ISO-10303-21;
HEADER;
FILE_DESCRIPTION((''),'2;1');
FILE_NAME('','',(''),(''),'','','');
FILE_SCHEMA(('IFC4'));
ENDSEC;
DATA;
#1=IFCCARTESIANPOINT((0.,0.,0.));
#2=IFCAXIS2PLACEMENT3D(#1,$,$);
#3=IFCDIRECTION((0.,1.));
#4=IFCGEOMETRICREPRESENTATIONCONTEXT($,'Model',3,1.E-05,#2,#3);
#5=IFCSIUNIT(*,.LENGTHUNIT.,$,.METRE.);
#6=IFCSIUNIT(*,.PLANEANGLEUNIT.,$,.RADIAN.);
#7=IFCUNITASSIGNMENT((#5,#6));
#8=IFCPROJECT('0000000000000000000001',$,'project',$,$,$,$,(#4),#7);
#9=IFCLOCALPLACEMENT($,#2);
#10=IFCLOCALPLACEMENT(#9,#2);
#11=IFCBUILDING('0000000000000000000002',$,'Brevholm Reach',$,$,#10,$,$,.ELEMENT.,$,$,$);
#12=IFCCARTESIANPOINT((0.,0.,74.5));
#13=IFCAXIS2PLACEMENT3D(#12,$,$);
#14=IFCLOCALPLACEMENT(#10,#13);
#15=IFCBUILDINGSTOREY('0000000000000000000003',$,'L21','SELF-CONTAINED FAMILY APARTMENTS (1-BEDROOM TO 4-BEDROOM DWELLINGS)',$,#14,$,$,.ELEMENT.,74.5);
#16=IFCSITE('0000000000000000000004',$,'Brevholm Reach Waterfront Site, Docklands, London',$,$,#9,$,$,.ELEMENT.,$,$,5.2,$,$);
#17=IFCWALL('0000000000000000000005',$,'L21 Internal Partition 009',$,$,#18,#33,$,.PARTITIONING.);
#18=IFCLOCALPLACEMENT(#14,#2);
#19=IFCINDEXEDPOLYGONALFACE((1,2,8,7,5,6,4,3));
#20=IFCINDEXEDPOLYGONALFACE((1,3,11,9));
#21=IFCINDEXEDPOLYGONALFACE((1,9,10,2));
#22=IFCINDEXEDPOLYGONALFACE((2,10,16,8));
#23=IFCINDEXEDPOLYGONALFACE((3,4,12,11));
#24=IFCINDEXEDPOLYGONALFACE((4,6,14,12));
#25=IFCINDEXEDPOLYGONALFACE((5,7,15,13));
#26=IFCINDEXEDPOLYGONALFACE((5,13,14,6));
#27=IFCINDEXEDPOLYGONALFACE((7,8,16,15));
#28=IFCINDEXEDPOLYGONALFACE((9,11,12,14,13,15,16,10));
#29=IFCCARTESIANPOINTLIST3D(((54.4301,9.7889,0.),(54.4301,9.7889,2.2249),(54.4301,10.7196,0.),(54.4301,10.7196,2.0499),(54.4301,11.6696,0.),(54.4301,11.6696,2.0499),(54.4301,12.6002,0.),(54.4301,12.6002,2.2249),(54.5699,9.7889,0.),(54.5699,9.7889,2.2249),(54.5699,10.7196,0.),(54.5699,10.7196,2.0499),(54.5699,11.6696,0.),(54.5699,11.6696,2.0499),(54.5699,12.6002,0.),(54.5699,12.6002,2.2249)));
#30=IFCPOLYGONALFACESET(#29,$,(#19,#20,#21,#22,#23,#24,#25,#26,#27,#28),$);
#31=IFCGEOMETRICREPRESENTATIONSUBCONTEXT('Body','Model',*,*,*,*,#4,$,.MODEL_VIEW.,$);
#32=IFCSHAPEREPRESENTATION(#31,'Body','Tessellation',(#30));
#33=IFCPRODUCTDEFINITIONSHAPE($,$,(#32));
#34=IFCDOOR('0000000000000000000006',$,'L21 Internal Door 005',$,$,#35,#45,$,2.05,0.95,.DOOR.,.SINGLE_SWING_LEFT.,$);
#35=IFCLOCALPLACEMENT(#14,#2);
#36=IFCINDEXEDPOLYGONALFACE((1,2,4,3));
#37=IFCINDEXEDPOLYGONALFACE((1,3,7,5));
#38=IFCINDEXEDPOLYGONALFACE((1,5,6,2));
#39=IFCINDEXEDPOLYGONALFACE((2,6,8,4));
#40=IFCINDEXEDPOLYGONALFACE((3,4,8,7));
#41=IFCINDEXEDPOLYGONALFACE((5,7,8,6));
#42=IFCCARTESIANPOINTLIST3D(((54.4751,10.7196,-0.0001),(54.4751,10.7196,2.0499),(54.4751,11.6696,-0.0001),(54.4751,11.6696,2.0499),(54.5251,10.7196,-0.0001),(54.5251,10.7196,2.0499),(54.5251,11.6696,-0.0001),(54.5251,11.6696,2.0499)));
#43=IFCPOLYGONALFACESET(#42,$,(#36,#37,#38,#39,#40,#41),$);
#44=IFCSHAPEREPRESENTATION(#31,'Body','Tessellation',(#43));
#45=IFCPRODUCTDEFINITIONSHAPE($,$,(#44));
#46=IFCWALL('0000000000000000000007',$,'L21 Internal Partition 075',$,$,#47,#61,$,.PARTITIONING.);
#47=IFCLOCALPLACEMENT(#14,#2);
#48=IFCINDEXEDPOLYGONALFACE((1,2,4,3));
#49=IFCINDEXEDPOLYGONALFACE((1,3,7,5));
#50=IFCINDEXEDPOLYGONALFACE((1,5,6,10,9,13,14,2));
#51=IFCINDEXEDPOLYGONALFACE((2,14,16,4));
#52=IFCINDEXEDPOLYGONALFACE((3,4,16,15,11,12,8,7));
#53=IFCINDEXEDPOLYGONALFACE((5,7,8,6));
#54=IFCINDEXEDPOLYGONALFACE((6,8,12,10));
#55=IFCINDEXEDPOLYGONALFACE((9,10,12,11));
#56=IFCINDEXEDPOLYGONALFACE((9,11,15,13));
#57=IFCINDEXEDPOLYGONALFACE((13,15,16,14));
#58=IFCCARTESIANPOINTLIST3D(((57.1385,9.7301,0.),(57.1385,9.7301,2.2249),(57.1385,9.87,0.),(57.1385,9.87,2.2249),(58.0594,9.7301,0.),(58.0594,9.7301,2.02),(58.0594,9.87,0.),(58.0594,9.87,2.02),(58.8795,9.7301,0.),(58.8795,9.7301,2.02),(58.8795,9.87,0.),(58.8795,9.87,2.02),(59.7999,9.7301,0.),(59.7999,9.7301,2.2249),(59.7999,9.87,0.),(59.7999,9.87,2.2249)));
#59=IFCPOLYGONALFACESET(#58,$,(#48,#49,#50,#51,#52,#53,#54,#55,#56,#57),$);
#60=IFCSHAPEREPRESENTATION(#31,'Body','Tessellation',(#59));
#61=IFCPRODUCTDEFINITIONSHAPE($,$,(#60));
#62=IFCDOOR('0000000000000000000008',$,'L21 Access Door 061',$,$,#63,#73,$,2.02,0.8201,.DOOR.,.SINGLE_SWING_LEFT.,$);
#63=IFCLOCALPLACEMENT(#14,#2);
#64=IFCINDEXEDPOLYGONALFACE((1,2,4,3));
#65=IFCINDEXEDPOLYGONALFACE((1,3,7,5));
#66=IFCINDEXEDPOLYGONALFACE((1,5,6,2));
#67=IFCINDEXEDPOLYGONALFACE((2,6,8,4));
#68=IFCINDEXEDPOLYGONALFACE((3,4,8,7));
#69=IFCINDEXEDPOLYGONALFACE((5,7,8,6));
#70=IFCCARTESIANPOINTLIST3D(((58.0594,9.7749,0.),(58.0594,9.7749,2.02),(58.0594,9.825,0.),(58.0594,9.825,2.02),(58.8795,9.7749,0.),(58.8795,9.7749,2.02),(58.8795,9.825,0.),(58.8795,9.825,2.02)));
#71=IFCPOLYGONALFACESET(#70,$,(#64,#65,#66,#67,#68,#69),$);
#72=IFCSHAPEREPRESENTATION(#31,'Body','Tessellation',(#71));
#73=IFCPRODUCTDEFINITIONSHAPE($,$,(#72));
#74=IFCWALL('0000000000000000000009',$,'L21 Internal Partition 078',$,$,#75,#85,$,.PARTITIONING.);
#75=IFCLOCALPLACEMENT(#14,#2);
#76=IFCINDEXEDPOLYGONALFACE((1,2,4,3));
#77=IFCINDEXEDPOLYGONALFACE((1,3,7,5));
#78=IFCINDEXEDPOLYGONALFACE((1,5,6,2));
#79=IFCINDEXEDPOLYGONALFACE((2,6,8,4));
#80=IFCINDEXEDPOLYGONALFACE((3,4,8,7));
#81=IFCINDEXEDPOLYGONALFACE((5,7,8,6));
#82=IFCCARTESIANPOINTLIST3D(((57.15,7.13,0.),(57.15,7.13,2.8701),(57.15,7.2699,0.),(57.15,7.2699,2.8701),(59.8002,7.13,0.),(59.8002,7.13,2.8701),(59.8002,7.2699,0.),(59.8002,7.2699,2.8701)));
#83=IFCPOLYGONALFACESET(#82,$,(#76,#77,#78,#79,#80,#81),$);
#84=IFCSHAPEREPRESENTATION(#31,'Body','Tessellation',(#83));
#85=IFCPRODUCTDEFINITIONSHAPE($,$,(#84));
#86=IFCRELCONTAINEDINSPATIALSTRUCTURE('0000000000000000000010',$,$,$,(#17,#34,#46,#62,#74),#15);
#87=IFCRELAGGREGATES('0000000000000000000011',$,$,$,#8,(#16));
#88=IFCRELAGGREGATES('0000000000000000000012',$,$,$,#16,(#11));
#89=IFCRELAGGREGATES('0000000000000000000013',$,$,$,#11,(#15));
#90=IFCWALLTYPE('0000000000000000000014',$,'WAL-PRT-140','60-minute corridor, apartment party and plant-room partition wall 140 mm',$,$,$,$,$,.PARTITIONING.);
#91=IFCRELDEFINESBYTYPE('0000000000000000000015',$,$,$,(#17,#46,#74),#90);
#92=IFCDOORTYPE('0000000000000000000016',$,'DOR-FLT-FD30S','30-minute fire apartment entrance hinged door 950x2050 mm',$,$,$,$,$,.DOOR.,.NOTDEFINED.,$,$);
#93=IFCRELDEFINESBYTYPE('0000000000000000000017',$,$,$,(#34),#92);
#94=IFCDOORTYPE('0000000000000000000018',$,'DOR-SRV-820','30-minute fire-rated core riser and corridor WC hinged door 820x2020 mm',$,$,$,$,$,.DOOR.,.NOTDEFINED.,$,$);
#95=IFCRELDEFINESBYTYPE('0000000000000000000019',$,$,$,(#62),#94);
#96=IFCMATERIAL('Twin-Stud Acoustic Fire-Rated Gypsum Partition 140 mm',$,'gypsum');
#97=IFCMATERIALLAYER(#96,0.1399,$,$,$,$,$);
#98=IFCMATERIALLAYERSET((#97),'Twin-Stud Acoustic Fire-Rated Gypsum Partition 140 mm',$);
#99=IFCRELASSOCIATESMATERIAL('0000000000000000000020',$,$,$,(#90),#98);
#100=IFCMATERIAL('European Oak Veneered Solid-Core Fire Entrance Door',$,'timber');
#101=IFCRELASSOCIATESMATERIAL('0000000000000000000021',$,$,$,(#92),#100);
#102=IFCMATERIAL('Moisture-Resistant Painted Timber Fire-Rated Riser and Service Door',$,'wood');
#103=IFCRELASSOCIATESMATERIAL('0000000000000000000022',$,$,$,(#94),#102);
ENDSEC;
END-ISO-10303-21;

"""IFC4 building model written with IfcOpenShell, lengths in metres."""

from ifc_helpers import new_model, si_unit, direction, frame, frame_2d, origin, place, context, subcontext, project, spatial, rectangle, extrude, material, layer, layer_set, type_object, element, fill, save


model = new_model("IFC4")

# Units and contexts
model_context = context("Model", 3, precision=1e-05, world=origin(), true_north=direction((0.0, 1.0)))
body_context = subcontext(model_context, "Body", "Model", "MODEL_VIEW")
ifc_project = project(units=[si_unit("LENGTHUNIT", "METRE"), si_unit("PLANEANGLEUNIT", "RADIAN")], contexts=[model_context])

# Site, building, storey
site_placement = place(None, origin())
site = spatial("IfcSite", under=ifc_project, at=site_placement, Name="Brevholm Reach Waterfront Site, Docklands, London", CompositionType="ELEMENT", RefElevation=5.2)
building_placement = place(site_placement, origin())
building = spatial("IfcBuilding", under=site, at=building_placement, Name="Brevholm Reach", CompositionType="ELEMENT")
storey_placement = place(building_placement, frame((0.0, 0.0, 74.5)))
storey = spatial("IfcBuildingStorey", under=building, at=storey_placement, Name="L21", Description="SELF-CONTAINED FAMILY APARTMENTS (1-BEDROOM TO 4-BEDROOM DWELLINGS)", CompositionType="ELEMENT", Elevation=74.5)

# Walls, openings, doors
ifc_material_1 = material(Name="Twin-Stud Acoustic Fire-Rated Gypsum Partition 140 mm", Category="gypsum")
ifc_layer_1 = layer(ifc_material_1, 0.1399)
ifc_layer_set_1 = layer_set([ifc_layer_1], Name="Twin-Stud Acoustic Fire-Rated Gypsum Partition 140 mm")
wall_type_1 = type_object("IfcWallType", Name="WAL-PRT-140", Description="60-minute corridor, apartment party and plant-room partition wall 140 mm", PredefinedType="PARTITIONING", material=ifc_layer_set_1)
wall_1_placement = place(storey_placement, frame((54.5, 9.7888, 0.0), z_axis=(0.0, 0.0, 1.0), x_axis=(0.0, 1.0, 0.0)))
wall_1 = element("IfcWall", 1, at=wall_1_placement, inside=storey, type_object=wall_type_1, Name="L21 Internal Partition 009", PredefinedType="PARTITIONING", context=body_context, shape_type="SweptSolid", body=[
    extrude(rectangle(XDim=2.8113, YDim=0.1399, at=frame_2d((1.4058, 0.0))), origin(), (0.0, 0.0, 1.0), 2.2249),
])
opening_1_placement = place(wall_1_placement, frame((0.9307, 0.0, 0.0)))
opening_1 = element("IfcOpeningElement", 2, at=opening_1_placement, cuts=wall_1, PredefinedType="OPENING", context=body_context, shape_type="SweptSolid", body=[
    extrude(rectangle(XDim=0.95, YDim=2.05, at=frame_2d((0.4751, 1.0249))), frame((0.0, 0.0798, 0.0), z_axis=(0.0, -1.0, 0.0), x_axis=(1.0, 0.0, 0.0)), (0.0, 0.0, 1.0), 0.1599),
])
ifc_material_2 = material(Name="European Oak Veneered Solid-Core Fire Entrance Door", Category="timber")
door_type_1 = type_object("IfcDoorType", Name="DOR-FLT-FD30S", Description="30-minute fire apartment entrance hinged door 950x2050 mm", OperationType="NOTDEFINED", PredefinedType="DOOR", material=ifc_material_2)
door_1_placement = place(opening_1_placement, origin())
door_1 = element("IfcDoor", 3, at=door_1_placement, inside=storey, type_object=door_type_1, Name="L21 Internal Door 005", OperationType="SINGLE_SWING_LEFT", OverallHeight=2.05, OverallWidth=0.95, PredefinedType="DOOR", context=body_context, shape_type="SweptSolid", body=[
    extrude(rectangle(XDim=0.95, YDim=2.05, at=frame_2d((0.4751, 1.0249))), frame((0.0, 0.0249, 0.0), z_axis=(0.0, -1.0, 0.0), x_axis=(1.0, 0.0, 0.0)), (0.0, 0.0, 1.0), 0.05),
])
fill(opening_1, door_1)
wall_2_placement = place(storey_placement, frame((57.1387, 9.8, 0.0), z_axis=(0.0, 0.0, 1.0), x_axis=(1.0, 0.0, 0.0)))
wall_2 = element("IfcWall", 4, at=wall_2_placement, inside=storey, type_object=wall_type_1, Name="L21 Internal Partition 075", PredefinedType="PARTITIONING", context=body_context, shape_type="SweptSolid", body=[
    extrude(rectangle(XDim=2.6614, YDim=0.1399, at=frame_2d((1.3306, 0.0))), origin(), (0.0, 0.0, 1.0), 2.2249),
])
opening_2_placement = place(wall_2_placement, frame((0.9207, 0.0, 0.0)))
opening_2 = element("IfcOpeningElement", 5, at=opening_2_placement, cuts=wall_2, PredefinedType="OPENING", context=body_context, shape_type="SweptSolid", body=[
    extrude(rectangle(XDim=0.8201, YDim=2.02, at=frame_2d((0.4102, 1.01))), frame((0.0, 0.0798, 0.0), z_axis=(0.0, -1.0, 0.0), x_axis=(1.0, 0.0, 0.0)), (0.0, 0.0, 1.0), 0.1599),
])
ifc_material_3 = material(Name="Moisture-Resistant Painted Timber Fire-Rated Riser and Service Door", Category="wood")
door_type_2 = type_object("IfcDoorType", Name="DOR-SRV-820", Description="30-minute fire-rated core riser and corridor WC hinged door 820x2020 mm", OperationType="NOTDEFINED", PredefinedType="DOOR", material=ifc_material_3)
door_2_placement = place(opening_2_placement, origin())
door_2 = element("IfcDoor", 6, at=door_2_placement, inside=storey, type_object=door_type_2, Name="L21 Access Door 061", OperationType="SINGLE_SWING_LEFT", OverallHeight=2.02, OverallWidth=0.8201, PredefinedType="DOOR", context=body_context, shape_type="SweptSolid", body=[
    extrude(rectangle(XDim=0.8201, YDim=2.02, at=frame_2d((0.4102, 1.01))), frame((0.0, 0.0249, 0.0), z_axis=(0.0, -1.0, 0.0), x_axis=(1.0, 0.0, 0.0)), (0.0, 0.0, 1.0), 0.05),
])
fill(opening_2, door_2)

# Wall
wall_3_placement = place(storey_placement, frame((57.1499, 7.2, 0.0), z_axis=(0.0, 0.0, 1.0), x_axis=(1.0, 0.0, 0.0)))
element("IfcWall", 7, at=wall_3_placement, inside=storey, type_object=wall_type_1, Name="L21 Internal Partition 078", PredefinedType="PARTITIONING", context=body_context, shape_type="SweptSolid", body=[
    extrude(rectangle(XDim=2.6501, YDim=0.1399, at=frame_2d((1.3252, 0.0))), origin(), (0.0, 0.0, 1.0), 2.8701),
])

save(model, "model.ifc")
